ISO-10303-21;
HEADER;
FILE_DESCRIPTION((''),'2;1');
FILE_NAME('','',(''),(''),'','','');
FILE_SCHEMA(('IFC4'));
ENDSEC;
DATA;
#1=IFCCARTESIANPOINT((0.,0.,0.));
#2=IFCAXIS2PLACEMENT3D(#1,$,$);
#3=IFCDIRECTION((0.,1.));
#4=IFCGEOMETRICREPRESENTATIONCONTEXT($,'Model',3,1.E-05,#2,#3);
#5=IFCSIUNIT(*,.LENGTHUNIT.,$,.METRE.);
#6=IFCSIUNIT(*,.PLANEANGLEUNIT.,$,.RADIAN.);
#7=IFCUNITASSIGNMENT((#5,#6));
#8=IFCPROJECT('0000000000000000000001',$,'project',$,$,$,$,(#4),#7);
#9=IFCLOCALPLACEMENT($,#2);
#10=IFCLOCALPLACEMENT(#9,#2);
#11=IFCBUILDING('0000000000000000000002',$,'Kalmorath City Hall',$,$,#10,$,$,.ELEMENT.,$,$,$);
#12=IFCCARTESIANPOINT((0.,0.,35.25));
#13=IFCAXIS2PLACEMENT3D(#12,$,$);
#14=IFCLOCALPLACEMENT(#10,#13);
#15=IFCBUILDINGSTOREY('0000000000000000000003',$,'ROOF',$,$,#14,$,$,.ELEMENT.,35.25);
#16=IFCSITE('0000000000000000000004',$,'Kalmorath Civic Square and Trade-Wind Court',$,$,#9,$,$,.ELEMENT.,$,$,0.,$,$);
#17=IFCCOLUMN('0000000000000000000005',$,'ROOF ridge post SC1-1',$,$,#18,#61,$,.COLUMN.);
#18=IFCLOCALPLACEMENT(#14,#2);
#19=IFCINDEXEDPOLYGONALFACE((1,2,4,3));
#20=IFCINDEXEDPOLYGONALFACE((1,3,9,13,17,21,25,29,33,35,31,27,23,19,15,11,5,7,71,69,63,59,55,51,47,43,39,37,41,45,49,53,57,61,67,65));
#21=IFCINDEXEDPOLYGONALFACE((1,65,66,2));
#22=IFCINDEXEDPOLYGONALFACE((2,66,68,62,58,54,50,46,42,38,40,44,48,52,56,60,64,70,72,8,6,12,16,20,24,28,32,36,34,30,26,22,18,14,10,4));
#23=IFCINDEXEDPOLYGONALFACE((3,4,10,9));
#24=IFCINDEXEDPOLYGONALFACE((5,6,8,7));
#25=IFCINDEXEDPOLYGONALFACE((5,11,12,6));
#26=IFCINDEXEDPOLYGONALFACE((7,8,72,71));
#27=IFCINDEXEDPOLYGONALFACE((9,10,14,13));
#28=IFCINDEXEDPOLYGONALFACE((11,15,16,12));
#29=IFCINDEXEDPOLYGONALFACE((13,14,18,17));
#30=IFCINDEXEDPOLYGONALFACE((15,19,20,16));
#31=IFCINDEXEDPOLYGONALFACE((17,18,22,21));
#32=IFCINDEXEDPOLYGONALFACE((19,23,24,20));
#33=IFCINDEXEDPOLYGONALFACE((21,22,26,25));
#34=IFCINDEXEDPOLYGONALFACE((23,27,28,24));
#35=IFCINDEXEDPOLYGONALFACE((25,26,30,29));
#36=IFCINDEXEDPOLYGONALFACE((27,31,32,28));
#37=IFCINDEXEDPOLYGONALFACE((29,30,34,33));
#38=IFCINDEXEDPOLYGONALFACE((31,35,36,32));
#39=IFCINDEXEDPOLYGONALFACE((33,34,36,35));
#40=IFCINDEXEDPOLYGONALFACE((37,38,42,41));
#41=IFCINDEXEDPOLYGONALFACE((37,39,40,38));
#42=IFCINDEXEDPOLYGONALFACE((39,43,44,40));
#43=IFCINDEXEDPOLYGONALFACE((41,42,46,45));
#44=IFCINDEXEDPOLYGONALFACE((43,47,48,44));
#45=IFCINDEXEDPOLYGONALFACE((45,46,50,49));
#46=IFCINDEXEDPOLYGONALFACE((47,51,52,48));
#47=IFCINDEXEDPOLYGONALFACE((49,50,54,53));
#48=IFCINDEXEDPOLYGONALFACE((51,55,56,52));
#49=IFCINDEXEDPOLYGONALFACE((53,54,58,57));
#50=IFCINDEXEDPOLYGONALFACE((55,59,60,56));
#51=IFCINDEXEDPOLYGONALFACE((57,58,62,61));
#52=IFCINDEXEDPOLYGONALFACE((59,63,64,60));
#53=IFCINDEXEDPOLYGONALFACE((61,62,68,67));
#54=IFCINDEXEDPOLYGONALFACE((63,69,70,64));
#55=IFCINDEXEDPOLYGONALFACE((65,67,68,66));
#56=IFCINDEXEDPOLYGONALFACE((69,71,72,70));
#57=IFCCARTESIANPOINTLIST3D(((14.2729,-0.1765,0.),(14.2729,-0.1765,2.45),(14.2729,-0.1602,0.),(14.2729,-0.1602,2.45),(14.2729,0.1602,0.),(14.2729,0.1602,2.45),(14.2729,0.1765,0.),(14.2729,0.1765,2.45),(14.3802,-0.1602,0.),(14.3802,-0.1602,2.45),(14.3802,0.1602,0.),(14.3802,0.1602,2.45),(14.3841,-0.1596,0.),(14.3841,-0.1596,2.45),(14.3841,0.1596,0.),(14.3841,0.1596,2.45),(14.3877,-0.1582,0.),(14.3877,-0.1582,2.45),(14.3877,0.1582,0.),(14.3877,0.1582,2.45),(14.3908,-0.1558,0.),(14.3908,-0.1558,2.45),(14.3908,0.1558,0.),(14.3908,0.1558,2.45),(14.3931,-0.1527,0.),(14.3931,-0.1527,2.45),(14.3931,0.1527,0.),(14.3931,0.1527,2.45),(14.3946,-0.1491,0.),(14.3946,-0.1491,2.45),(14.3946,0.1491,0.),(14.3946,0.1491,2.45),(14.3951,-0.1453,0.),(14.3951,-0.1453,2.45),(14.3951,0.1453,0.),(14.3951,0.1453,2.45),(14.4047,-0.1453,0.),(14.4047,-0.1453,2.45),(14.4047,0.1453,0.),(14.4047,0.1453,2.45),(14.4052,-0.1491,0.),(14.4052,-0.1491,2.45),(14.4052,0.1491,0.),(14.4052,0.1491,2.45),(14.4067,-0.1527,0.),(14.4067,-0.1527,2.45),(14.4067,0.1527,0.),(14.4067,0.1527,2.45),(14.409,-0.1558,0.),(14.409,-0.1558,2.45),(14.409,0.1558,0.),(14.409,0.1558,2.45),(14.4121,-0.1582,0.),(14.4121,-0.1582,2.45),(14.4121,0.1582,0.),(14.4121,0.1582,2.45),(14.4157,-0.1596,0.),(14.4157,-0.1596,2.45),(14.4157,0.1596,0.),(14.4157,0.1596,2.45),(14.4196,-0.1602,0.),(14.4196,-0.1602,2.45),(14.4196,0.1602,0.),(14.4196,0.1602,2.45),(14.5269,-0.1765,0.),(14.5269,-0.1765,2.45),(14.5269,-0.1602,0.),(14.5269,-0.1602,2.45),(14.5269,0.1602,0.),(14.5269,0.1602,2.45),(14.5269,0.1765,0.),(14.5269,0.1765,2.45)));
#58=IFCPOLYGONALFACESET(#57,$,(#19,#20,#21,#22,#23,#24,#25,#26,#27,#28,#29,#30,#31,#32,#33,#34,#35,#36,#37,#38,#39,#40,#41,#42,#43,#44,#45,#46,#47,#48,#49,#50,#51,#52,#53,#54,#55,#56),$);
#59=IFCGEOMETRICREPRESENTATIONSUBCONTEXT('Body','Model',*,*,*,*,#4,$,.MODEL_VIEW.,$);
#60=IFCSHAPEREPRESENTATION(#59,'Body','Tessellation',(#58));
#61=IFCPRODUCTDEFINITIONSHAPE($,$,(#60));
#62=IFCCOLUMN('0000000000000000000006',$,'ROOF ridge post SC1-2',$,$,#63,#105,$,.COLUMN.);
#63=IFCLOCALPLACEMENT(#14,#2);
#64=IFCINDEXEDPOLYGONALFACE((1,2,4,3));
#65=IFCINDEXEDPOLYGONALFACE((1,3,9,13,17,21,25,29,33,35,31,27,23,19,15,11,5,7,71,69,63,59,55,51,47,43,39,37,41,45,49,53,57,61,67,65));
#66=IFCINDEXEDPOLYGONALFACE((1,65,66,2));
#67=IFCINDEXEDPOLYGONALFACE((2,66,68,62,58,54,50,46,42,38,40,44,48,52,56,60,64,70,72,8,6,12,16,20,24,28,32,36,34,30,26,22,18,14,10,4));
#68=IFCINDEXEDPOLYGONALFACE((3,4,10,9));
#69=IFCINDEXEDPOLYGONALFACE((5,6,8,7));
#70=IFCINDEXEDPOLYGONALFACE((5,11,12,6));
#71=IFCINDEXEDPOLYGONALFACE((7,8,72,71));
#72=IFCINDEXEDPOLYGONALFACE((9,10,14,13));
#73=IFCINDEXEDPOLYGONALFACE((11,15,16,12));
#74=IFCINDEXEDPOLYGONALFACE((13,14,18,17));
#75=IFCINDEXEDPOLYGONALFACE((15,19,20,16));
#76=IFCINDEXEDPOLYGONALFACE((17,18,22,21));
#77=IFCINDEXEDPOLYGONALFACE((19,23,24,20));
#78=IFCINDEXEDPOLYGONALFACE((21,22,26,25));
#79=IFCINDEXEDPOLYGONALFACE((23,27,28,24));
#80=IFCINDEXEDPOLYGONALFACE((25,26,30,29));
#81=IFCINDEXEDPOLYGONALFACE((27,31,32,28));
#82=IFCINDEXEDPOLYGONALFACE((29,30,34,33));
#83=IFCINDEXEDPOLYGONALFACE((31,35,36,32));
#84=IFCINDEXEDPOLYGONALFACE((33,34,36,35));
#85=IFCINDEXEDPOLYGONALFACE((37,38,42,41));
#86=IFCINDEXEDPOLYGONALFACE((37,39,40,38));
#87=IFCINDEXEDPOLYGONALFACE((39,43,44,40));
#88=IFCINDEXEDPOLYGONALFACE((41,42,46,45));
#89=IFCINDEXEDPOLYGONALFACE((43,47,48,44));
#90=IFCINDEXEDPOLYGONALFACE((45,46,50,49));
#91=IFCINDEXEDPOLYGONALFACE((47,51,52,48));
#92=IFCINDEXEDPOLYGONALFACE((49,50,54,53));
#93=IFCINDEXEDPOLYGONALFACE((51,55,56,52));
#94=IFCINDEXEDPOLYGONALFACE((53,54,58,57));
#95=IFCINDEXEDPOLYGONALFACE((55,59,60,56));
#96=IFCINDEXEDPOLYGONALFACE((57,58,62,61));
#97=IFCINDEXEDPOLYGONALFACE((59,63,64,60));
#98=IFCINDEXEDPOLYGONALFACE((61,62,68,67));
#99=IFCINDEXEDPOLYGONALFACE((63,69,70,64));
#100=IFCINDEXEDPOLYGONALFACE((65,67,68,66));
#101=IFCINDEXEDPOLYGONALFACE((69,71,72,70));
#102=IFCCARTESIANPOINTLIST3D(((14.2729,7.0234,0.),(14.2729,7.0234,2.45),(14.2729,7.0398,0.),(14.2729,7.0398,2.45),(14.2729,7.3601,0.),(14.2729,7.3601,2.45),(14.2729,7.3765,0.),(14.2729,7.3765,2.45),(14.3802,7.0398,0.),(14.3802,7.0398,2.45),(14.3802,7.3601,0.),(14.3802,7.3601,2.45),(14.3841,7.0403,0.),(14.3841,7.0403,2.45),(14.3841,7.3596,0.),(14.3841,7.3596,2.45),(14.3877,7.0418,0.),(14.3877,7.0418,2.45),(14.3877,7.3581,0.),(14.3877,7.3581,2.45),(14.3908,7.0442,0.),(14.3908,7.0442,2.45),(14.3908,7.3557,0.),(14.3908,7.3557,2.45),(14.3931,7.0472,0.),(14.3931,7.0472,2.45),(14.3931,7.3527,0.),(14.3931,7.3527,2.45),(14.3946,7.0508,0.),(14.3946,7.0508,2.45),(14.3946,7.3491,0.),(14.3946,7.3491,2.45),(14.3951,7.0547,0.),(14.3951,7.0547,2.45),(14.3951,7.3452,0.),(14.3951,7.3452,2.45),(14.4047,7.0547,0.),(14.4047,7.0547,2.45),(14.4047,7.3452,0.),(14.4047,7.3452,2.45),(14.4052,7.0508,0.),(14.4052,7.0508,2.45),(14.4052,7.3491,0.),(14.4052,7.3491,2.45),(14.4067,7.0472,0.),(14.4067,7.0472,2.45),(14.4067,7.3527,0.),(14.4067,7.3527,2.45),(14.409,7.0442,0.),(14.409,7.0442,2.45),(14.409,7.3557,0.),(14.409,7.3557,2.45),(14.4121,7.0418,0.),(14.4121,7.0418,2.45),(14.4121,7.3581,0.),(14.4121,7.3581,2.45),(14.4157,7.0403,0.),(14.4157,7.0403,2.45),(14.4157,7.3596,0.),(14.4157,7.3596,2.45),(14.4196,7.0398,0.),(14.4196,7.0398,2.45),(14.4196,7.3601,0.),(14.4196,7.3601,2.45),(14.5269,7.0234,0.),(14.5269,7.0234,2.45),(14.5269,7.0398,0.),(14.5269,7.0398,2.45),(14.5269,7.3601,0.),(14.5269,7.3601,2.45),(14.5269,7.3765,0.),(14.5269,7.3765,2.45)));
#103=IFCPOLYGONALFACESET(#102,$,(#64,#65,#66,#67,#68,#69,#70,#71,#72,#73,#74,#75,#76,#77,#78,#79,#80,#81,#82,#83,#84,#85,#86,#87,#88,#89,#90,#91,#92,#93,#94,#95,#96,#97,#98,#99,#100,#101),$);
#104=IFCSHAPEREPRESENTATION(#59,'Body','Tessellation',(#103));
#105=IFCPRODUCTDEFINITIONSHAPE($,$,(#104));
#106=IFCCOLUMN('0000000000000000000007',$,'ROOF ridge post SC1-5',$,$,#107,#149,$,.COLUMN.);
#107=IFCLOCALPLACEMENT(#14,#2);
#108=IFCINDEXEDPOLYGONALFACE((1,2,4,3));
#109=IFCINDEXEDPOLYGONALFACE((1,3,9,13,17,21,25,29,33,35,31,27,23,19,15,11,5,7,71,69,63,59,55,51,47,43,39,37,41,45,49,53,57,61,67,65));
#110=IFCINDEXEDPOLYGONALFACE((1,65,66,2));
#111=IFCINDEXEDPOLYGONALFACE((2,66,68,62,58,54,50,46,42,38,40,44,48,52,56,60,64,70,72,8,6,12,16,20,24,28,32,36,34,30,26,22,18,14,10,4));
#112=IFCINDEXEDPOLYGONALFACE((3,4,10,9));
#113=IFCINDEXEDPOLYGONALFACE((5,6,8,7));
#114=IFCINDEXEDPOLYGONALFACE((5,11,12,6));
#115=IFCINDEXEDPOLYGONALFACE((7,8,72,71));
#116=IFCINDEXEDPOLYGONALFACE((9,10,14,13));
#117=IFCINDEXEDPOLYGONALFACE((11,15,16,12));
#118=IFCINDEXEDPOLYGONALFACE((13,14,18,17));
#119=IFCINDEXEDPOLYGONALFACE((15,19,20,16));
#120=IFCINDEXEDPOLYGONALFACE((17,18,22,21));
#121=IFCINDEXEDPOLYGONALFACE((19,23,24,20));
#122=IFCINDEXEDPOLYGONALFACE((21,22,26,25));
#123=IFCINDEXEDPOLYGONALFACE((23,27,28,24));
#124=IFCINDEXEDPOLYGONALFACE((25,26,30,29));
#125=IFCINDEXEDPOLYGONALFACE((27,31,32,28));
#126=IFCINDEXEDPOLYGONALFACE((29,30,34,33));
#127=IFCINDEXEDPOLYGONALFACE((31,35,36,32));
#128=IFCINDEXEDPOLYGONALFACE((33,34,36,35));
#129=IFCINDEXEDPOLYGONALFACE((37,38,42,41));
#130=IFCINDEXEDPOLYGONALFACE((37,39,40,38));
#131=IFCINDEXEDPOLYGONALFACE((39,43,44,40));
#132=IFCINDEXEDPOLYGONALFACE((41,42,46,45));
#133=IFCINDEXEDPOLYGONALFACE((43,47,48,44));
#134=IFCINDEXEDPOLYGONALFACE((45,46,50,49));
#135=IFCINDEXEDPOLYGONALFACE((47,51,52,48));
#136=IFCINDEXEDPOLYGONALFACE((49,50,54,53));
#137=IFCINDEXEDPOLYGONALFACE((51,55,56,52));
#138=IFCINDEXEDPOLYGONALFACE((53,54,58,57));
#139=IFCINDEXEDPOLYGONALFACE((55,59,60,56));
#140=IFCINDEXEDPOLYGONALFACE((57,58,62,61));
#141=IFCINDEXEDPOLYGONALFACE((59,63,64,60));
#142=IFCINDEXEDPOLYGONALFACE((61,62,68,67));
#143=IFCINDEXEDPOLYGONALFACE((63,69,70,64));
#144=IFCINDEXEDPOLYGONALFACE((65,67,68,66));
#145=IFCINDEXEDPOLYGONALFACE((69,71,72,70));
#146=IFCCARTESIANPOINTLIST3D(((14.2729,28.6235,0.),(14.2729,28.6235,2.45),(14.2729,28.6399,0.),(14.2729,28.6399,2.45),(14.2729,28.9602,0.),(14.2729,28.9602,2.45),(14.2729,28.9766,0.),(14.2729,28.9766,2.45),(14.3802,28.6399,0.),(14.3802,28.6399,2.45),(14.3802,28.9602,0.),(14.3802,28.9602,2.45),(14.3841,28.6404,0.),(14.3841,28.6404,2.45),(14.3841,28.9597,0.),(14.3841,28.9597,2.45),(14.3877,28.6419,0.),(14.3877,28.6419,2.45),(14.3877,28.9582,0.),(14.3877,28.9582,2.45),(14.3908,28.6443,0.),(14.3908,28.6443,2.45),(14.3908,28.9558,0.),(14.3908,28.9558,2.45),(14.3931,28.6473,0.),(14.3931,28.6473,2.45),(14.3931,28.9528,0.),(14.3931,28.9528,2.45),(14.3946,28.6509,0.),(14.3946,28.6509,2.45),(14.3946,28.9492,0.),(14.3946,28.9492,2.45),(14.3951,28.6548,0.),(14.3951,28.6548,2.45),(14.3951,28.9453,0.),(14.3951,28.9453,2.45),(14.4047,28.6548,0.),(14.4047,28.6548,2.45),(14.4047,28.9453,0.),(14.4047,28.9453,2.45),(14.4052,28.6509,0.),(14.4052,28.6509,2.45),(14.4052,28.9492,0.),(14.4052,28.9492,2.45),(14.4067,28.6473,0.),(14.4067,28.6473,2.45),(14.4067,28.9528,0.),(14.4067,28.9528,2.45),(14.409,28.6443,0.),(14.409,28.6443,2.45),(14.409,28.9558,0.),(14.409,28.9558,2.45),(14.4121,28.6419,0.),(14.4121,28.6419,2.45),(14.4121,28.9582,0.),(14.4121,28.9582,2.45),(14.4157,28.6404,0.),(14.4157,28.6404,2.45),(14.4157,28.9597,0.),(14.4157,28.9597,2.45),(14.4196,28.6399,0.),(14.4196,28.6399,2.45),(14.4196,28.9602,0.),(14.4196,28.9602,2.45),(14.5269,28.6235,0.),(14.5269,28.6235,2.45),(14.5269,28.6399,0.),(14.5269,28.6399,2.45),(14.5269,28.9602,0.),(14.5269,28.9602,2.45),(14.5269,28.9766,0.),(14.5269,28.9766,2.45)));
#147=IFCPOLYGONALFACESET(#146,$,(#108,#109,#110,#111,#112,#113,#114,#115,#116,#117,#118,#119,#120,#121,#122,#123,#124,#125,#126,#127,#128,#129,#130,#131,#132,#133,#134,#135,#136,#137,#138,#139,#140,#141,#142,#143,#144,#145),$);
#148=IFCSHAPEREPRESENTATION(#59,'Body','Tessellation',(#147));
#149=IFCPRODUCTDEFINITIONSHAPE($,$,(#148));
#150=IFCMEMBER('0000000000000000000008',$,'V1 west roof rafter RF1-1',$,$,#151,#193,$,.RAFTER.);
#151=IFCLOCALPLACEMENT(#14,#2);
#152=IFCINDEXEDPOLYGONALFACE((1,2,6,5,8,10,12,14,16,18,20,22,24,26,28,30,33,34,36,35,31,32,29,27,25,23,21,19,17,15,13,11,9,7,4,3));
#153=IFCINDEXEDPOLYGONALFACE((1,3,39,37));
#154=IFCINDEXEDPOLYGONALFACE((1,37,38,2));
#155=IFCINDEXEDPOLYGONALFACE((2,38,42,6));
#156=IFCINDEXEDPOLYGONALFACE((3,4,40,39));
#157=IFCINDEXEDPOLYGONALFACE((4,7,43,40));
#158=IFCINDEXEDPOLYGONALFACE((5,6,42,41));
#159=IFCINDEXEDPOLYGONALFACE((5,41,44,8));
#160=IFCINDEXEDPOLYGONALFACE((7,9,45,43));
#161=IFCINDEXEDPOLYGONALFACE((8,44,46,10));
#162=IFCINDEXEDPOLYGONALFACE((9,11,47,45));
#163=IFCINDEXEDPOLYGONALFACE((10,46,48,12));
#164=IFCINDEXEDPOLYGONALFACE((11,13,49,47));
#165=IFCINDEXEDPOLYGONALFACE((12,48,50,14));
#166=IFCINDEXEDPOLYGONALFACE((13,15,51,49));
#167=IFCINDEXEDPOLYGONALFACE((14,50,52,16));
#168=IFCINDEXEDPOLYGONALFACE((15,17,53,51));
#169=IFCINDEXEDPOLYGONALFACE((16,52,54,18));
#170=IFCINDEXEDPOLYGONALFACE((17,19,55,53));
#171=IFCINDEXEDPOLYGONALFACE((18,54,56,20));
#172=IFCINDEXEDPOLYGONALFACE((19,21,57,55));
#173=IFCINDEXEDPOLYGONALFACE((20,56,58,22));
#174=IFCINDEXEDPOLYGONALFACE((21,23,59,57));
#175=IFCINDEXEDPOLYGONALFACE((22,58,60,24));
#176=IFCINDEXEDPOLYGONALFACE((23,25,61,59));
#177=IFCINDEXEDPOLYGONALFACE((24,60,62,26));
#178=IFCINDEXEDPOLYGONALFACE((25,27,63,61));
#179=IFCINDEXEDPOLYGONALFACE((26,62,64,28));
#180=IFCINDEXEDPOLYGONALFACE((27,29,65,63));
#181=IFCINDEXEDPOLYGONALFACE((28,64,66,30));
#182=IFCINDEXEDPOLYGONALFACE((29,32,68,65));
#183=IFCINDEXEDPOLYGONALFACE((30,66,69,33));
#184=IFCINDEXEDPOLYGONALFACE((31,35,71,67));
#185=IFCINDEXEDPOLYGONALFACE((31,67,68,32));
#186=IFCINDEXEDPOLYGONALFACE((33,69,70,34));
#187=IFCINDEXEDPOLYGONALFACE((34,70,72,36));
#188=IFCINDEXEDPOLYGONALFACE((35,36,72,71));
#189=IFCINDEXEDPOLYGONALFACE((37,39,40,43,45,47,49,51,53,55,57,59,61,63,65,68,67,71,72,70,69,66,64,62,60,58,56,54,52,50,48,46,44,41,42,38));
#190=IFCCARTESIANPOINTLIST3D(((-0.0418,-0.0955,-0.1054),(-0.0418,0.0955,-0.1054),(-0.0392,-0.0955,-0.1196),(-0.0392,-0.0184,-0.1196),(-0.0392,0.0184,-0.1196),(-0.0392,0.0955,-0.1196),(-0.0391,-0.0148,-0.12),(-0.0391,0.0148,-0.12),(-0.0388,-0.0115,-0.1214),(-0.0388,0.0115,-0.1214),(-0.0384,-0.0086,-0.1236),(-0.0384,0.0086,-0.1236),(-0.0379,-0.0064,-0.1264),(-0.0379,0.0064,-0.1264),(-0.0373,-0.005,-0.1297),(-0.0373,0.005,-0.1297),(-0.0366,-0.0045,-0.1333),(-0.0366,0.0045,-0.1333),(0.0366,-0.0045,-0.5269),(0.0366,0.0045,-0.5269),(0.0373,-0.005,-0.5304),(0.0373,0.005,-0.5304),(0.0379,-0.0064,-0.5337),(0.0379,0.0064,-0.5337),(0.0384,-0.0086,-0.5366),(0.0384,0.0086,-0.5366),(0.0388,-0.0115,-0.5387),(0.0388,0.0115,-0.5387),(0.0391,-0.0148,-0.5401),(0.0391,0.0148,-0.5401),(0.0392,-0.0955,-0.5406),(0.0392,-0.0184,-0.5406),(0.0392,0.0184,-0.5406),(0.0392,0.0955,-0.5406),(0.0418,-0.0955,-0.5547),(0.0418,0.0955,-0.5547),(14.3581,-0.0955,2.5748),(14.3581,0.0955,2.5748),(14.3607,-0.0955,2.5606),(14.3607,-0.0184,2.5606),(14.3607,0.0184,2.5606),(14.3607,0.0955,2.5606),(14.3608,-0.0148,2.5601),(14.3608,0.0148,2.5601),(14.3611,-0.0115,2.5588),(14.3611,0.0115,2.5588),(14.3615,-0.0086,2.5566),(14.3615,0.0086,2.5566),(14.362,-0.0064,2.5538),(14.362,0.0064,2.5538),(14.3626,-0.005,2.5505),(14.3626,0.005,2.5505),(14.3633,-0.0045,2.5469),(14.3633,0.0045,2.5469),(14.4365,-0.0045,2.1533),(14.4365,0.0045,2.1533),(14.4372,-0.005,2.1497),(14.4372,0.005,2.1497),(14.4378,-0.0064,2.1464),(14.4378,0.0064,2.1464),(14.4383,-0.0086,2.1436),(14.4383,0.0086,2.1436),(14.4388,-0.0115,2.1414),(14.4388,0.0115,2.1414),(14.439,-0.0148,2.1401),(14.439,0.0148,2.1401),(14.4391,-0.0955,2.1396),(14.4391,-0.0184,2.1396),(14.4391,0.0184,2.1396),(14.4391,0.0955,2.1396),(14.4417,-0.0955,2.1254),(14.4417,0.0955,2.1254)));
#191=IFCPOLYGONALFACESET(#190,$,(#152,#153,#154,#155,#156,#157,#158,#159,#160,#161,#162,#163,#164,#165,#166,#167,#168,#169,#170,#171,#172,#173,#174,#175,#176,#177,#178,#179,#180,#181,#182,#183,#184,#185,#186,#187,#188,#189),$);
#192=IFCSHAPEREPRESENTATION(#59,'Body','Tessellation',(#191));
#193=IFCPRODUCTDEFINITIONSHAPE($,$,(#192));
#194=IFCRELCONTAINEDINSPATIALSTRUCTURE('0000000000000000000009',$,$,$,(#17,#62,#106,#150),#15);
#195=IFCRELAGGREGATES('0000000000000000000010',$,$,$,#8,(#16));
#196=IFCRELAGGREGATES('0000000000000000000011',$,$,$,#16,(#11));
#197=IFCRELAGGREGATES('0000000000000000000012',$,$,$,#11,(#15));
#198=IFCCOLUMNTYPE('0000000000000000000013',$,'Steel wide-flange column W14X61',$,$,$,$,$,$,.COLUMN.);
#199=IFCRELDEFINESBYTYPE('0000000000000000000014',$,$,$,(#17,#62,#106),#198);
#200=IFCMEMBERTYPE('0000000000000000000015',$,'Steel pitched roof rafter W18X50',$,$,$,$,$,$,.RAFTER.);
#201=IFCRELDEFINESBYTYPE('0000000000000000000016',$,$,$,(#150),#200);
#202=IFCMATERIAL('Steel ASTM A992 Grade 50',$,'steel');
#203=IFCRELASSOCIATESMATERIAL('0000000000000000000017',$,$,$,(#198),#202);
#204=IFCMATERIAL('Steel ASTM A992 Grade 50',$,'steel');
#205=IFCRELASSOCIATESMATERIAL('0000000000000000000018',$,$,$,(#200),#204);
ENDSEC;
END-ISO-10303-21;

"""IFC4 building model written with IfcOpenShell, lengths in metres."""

from ifc_helpers import new_model, si_unit, direction, frame, origin, origin_2d, place, context, subcontext, project, spatial, i_section, extrude, material, material_profile, profile_set, type_object, element, save


model = new_model("IFC4")

# Units and contexts
model_context = context("Model", 3, precision=1e-05, world=origin(), true_north=direction((0.0, 1.0)))
body_context = subcontext(model_context, "Body", "Model", "MODEL_VIEW")
ifc_project = project(units=[si_unit("LENGTHUNIT", "METRE"), si_unit("PLANEANGLEUNIT", "RADIAN")], contexts=[model_context])

# Site, building, storey
site_placement = place(None, origin())
site = spatial("IfcSite", under=ifc_project, at=site_placement, Name="Kalmorath Civic Square and Trade-Wind Court", CompositionType="ELEMENT", RefElevation=0.0)
building_placement = place(site_placement, origin())
building = spatial("IfcBuilding", under=site, at=building_placement, Name="Kalmorath City Hall", CompositionType="ELEMENT")
storey_placement = place(building_placement, frame((0.0, 0.0, 35.25)))
storey = spatial("IfcBuildingStorey", under=building, at=storey_placement, Name="ROOF", CompositionType="ELEMENT", Elevation=35.25)

# Columns
ifc_material_1 = material(Name="Steel ASTM A992 Grade 50", Category="steel")
ifc_material_profile_1 = material_profile(ifc_material_1, i_section(OverallWidth=0.2539, OverallDepth=0.353, WebThickness=0.0095, FlangeThickness=0.0164, FilletRadius=0.0149, at=origin_2d()), Name="W14X61")
ifc_profile_set_1 = profile_set([ifc_material_profile_1], Name="Steel ASTM A992 Grade 50")
column_type = type_object("IfcColumnType", Name="Steel wide-flange column W14X61", PredefinedType="COLUMN", material=ifc_profile_set_1)
for number, where, z_axis, x_axis, name in (
    (1, (14.3999, 0.0, 0.0), (0.0, 0.0, 1.0), (1.0, 0.0, 0.0), "ROOF ridge post SC1-1"),
    (2, (14.3999, 7.2, 0.0), (0.0, 0.0, 1.0), (1.0, 0.0, 0.0), "ROOF ridge post SC1-2"),
    (3, (14.3999, 28.8, 0.0), (0.0, 0.0, 1.0), (1.0, 0.0, 0.0), "ROOF ridge post SC1-5"),
):
    element("IfcColumn", number, at=place(storey_placement, frame(where, z_axis=z_axis, x_axis=x_axis)), inside=storey, type_object=column_type, Name=name, PredefinedType="COLUMN", context=body_context, shape_type="SweptSolid", body=[
        extrude(i_section(OverallWidth=0.2539, OverallDepth=0.353, WebThickness=0.0095, FlangeThickness=0.0164, FilletRadius=0.0149, at=origin_2d()), origin(), (0.0, 0.0, 1.0), 2.45),
    ])

# Member
ifc_material_2 = material(Name="Steel ASTM A992 Grade 50", Category="steel")
ifc_material_profile_2 = material_profile(ifc_material_2, i_section(OverallWidth=0.1909, OverallDepth=0.457, WebThickness=0.009, FlangeThickness=0.0144, FilletRadius=0.0139, at=origin_2d()), Name="W18X50")
ifc_profile_set_2 = profile_set([ifc_material_profile_2], Name="Steel ASTM A992 Grade 50")
member_type_1 = type_object("IfcMemberType", Name="Steel pitched roof rafter W18X50", PredefinedType="RAFTER", material=ifc_profile_set_2)
member_1_placement = place(storey_placement, frame((0.0, 0.0, -0.3301), z_axis=(0.983116, 0.0, 0.182982), x_axis=(0.0, 1.0, 0.0)))
element("IfcMember", 4, at=member_1_placement, inside=storey, type_object=member_type_1, Name="V1 west roof rafter RF1-1", PredefinedType="RAFTER", context=body_context, shape_type="SweptSolid", body=[
    extrude(i_section(OverallWidth=0.1909, OverallDepth=0.457, WebThickness=0.009, FlangeThickness=0.0144, FilletRadius=0.0139, at=origin_2d()), origin(), (0.0, 0.0, 1.0), 14.6472),
])

save(model, "model.ifc")
